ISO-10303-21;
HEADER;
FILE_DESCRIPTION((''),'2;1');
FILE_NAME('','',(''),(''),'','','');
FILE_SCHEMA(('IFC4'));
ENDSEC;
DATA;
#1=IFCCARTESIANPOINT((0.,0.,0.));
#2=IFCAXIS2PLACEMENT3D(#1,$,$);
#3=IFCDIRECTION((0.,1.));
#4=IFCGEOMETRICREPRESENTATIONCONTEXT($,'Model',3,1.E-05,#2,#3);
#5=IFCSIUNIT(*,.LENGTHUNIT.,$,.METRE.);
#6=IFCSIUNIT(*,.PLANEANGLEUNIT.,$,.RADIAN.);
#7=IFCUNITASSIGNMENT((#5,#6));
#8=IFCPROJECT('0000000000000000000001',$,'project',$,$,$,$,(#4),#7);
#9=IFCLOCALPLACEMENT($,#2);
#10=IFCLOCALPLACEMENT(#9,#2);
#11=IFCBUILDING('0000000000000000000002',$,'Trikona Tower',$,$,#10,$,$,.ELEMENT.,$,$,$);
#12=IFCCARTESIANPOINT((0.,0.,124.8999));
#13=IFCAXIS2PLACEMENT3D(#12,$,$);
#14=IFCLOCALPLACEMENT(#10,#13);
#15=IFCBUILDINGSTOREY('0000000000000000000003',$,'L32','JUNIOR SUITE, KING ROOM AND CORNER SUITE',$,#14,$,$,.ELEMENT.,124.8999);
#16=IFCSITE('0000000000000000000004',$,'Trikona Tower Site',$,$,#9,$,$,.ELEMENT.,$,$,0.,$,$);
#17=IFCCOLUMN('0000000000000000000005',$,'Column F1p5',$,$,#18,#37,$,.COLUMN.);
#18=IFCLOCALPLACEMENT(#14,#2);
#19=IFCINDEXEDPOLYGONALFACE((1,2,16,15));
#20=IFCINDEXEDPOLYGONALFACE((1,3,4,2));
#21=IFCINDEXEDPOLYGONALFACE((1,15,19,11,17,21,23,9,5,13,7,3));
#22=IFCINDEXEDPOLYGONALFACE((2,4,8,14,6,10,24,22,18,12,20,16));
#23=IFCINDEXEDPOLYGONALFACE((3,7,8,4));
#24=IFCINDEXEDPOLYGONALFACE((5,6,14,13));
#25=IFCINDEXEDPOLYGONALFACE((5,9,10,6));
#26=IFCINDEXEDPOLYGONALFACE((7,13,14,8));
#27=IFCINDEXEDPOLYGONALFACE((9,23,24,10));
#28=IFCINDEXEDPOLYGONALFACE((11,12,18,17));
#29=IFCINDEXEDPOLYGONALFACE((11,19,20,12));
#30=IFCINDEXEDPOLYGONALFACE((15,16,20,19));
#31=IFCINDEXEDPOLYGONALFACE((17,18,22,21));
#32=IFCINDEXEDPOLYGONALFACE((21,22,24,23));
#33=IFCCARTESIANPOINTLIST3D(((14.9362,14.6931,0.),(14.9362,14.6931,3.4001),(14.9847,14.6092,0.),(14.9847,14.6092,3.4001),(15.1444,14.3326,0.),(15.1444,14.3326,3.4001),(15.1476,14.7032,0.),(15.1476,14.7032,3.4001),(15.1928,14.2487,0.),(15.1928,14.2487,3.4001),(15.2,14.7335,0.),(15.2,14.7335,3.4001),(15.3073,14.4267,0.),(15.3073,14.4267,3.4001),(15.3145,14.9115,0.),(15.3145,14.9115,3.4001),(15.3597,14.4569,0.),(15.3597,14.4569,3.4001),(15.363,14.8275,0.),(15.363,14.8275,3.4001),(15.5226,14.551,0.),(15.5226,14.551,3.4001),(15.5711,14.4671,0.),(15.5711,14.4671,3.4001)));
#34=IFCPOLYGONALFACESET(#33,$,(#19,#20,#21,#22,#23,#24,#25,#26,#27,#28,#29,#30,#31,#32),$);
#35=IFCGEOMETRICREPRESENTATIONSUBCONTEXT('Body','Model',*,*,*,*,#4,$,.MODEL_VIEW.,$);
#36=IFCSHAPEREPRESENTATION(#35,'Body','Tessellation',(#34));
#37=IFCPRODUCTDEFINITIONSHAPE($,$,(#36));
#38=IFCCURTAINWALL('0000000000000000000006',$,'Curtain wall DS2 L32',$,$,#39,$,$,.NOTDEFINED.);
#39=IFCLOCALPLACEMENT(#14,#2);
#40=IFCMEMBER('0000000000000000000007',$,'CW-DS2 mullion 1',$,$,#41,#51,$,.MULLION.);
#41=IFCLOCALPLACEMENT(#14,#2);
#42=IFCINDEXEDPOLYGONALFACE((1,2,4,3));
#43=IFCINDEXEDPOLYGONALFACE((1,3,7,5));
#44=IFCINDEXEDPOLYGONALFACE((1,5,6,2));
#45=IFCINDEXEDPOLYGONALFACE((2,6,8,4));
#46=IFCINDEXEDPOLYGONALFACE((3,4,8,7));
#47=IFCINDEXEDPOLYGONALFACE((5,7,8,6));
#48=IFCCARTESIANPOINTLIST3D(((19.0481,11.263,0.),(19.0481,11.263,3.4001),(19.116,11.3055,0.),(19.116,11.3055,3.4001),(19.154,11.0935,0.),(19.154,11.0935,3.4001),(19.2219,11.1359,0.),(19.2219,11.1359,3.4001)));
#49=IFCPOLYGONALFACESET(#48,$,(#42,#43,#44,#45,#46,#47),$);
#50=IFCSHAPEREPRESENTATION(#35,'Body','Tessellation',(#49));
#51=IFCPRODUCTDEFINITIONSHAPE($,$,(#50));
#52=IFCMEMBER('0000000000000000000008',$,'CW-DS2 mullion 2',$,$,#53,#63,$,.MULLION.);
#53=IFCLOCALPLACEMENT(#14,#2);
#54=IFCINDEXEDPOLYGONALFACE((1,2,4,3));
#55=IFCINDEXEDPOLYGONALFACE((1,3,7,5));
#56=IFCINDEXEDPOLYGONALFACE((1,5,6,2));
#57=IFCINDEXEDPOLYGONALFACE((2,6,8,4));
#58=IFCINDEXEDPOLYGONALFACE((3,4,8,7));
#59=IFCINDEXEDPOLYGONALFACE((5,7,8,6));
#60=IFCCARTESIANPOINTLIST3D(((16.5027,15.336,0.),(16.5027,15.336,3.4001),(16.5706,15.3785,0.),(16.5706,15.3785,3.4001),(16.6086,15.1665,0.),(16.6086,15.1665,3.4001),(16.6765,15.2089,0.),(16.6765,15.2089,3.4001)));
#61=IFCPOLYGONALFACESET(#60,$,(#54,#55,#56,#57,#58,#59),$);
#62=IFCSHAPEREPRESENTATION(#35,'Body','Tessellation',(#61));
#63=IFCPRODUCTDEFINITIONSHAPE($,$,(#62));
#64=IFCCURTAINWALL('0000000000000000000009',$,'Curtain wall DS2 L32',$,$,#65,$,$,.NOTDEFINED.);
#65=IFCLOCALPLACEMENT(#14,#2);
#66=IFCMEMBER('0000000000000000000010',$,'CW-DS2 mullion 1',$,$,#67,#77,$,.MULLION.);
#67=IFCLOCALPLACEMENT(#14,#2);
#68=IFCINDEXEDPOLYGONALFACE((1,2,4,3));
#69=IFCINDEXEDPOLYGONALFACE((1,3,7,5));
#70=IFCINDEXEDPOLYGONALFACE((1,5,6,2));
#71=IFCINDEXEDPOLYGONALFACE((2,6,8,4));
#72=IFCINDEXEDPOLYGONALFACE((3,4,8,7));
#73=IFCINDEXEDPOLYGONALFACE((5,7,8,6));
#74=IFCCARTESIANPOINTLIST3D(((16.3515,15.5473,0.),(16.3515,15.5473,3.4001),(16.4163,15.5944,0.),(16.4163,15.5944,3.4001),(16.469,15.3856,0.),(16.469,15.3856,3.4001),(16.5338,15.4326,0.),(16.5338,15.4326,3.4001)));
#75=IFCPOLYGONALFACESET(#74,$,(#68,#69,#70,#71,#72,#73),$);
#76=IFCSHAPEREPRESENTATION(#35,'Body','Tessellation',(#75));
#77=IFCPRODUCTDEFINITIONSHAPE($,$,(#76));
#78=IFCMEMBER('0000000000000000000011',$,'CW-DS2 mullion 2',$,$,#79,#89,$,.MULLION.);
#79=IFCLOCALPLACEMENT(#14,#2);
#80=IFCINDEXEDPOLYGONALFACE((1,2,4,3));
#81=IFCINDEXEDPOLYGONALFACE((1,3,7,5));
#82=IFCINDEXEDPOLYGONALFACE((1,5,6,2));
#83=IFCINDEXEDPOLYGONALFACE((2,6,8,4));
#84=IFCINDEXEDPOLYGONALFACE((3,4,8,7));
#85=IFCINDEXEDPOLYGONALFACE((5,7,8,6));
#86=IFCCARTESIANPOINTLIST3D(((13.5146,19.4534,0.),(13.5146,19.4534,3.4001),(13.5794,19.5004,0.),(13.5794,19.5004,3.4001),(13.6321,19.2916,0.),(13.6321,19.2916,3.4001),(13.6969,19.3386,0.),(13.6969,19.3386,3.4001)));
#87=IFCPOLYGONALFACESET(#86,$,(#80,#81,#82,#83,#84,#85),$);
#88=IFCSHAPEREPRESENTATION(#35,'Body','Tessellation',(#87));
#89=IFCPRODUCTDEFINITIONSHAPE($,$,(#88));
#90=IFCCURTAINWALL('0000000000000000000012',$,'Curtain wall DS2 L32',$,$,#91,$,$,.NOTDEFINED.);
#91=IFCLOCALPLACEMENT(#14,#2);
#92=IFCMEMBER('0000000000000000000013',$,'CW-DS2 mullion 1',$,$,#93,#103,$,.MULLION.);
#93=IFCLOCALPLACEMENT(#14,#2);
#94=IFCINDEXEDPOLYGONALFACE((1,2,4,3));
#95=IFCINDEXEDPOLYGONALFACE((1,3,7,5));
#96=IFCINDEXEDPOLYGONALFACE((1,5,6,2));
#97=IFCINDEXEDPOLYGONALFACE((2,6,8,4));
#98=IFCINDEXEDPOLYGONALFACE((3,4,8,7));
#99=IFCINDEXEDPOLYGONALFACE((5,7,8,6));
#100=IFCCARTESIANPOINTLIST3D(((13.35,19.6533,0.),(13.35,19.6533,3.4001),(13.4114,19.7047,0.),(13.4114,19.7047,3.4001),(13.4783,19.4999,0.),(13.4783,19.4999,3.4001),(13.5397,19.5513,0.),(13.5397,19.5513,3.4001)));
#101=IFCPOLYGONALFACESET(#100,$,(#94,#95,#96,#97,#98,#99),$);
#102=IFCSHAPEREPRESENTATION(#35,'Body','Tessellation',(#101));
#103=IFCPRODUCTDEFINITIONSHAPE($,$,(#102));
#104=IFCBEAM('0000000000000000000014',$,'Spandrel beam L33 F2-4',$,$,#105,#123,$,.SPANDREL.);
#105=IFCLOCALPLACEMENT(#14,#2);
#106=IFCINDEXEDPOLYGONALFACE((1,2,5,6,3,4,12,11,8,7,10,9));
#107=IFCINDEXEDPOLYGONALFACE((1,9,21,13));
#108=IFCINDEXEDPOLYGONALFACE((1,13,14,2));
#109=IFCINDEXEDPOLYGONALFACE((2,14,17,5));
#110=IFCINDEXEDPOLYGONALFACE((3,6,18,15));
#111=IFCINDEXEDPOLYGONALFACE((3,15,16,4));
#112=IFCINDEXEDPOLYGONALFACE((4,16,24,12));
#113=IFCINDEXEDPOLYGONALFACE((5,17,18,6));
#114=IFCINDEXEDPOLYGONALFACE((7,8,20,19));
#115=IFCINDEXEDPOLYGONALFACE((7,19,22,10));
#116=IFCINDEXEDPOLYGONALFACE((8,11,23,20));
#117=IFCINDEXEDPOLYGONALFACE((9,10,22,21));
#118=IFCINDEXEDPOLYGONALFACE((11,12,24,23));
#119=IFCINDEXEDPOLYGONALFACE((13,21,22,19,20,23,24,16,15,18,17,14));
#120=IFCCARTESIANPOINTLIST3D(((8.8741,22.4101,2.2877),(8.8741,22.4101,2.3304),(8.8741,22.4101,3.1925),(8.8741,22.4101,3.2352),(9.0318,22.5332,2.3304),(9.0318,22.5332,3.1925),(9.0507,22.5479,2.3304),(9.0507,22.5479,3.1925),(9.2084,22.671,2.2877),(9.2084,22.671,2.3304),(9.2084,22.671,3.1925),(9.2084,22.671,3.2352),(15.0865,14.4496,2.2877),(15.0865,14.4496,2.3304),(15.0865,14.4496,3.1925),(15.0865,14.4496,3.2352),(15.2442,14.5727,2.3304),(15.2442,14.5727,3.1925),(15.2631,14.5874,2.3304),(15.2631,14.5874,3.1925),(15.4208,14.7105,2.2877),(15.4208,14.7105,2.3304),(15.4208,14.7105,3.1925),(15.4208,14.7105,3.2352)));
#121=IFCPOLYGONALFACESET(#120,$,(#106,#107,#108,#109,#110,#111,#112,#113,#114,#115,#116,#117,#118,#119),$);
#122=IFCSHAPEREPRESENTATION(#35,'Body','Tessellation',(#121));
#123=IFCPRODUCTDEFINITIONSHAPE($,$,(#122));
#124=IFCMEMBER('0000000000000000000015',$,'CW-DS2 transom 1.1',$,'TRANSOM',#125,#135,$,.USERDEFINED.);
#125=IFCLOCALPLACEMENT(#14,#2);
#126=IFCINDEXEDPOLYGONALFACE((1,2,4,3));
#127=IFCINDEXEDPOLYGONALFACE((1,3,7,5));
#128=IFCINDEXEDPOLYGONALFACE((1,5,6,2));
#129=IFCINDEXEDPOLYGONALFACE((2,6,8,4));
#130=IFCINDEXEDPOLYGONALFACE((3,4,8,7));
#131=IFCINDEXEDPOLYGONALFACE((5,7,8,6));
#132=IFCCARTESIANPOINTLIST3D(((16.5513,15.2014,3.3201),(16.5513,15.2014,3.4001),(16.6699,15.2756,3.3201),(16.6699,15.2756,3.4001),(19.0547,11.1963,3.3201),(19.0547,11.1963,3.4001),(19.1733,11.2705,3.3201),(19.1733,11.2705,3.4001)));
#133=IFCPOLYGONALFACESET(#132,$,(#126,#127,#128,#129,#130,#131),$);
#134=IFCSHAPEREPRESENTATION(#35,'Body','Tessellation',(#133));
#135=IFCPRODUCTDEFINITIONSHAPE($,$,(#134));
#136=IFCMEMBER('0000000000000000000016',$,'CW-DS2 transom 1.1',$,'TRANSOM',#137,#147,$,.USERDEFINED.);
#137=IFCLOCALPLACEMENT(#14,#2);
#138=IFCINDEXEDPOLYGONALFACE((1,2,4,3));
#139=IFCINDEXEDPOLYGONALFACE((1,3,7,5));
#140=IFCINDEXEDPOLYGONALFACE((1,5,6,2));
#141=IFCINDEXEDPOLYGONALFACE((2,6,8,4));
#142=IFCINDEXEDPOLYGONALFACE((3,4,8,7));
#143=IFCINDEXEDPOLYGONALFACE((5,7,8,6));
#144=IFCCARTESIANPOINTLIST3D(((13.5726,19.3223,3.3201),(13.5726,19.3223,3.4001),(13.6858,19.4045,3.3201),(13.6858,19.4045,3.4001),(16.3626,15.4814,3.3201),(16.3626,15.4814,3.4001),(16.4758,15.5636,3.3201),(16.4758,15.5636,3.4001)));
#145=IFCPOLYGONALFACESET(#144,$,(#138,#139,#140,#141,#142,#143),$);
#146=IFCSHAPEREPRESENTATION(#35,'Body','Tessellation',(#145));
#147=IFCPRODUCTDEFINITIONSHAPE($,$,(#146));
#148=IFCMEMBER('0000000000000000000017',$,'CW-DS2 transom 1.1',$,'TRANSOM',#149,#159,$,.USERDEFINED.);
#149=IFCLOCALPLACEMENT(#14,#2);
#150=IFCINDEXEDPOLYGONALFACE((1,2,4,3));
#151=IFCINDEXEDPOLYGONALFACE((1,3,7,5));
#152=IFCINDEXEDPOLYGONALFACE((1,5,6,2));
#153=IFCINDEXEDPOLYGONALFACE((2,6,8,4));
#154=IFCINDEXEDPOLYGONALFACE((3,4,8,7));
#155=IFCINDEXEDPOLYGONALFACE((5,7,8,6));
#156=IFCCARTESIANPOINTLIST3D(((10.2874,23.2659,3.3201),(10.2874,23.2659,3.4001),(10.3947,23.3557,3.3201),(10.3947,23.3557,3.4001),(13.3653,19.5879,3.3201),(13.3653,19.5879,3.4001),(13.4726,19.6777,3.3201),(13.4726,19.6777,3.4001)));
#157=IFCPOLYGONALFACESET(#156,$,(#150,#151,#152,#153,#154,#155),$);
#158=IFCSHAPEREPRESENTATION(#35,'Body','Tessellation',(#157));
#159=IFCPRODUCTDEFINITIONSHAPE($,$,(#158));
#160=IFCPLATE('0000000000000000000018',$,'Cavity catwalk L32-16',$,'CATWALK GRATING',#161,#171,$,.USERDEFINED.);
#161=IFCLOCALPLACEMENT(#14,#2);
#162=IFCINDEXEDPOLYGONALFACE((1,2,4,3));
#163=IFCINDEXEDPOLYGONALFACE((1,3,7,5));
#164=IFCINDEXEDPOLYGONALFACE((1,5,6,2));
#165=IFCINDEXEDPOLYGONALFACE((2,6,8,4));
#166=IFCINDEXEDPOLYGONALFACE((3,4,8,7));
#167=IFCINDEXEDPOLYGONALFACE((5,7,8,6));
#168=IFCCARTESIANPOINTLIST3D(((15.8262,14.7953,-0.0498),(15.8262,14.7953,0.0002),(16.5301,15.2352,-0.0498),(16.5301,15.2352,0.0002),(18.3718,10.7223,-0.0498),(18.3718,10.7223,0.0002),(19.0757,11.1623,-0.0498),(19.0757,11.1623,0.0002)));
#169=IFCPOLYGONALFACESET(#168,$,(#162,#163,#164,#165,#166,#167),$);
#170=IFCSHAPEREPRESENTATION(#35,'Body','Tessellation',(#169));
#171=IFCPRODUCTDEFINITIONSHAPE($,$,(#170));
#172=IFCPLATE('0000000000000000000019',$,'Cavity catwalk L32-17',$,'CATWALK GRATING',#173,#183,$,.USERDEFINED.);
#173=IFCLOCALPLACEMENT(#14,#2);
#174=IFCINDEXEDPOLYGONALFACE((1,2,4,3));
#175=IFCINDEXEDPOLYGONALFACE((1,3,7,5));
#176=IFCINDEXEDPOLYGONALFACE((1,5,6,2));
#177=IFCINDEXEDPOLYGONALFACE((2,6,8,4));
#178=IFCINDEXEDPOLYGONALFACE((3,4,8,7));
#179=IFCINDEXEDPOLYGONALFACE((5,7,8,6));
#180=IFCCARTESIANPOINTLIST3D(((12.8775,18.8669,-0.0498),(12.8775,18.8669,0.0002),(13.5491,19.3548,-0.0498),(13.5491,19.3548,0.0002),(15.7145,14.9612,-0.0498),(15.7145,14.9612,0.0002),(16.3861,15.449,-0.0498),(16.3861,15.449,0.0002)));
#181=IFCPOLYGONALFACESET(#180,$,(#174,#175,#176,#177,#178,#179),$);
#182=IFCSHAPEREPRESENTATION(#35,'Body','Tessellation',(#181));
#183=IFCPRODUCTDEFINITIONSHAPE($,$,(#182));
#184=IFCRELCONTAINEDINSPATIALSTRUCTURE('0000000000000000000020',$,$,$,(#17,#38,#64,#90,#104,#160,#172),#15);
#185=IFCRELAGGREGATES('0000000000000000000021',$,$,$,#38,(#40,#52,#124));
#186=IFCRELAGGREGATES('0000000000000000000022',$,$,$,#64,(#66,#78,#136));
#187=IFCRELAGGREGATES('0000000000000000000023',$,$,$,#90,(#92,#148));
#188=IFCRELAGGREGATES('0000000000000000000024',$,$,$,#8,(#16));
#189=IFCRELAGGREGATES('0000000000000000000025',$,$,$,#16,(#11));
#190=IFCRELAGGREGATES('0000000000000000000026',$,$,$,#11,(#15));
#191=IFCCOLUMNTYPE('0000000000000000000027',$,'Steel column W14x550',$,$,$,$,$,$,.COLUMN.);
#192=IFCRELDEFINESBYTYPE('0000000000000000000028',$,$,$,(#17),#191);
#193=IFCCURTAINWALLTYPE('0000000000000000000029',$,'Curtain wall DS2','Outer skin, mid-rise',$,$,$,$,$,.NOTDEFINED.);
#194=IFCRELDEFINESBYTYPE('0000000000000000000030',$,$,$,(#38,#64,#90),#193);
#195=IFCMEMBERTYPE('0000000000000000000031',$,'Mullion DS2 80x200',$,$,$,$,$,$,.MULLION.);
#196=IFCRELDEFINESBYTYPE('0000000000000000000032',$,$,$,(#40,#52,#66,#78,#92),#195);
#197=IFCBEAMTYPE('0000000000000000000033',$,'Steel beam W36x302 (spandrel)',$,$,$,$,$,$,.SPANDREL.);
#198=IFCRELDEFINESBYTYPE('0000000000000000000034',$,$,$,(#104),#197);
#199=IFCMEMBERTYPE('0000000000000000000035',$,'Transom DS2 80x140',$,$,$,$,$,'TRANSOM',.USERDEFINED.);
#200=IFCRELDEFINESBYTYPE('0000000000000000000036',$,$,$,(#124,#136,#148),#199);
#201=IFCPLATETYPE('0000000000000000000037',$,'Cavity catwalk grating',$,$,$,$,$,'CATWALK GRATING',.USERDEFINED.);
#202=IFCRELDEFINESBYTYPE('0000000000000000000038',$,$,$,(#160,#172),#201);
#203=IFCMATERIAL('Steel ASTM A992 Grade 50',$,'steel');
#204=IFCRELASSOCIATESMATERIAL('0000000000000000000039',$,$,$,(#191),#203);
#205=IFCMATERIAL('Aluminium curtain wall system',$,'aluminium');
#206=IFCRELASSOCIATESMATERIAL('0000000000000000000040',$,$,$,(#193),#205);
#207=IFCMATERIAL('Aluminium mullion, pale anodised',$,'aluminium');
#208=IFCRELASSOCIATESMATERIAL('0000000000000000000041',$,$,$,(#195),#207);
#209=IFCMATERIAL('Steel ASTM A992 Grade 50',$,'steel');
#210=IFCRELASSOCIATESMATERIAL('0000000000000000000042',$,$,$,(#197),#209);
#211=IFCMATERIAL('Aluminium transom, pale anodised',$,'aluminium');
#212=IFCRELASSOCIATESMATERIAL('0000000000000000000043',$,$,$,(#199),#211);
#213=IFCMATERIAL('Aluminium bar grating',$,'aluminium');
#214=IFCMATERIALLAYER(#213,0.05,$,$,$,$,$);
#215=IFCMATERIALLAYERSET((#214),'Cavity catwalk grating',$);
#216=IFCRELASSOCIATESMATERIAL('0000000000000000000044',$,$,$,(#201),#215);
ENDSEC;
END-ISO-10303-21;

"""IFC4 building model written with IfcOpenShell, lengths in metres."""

from ifc_helpers import new_model, si_unit, direction, frame, origin, origin_2d, place, context, subcontext, project, spatial, rectangle, i_section, extrude, material, layer, layer_set, material_profile, profile_set, type_object, element, aggregate, save


model = new_model("IFC4")

# Units and contexts
model_context = context("Model", 3, precision=1e-05, world=origin(), true_north=direction((0.0, 1.0)))
body_context = subcontext(model_context, "Body", "Model", "MODEL_VIEW")
ifc_project = project(units=[si_unit("LENGTHUNIT", "METRE"), si_unit("PLANEANGLEUNIT", "RADIAN")], contexts=[model_context])

# Site, building, storey
site_placement = place(None, origin())
site = spatial("IfcSite", under=ifc_project, at=site_placement, Name="Trikona Tower Site", CompositionType="ELEMENT", RefElevation=0.0)
building_placement = place(site_placement, origin())
building = spatial("IfcBuilding", under=site, at=building_placement, Name="Trikona Tower", CompositionType="ELEMENT")
storey_placement = place(building_placement, frame((0.0, 0.0, 124.8999)))
storey = spatial("IfcBuildingStorey", under=building, at=storey_placement, Name="L32", Description="JUNIOR SUITE, KING ROOM AND CORNER SUITE", CompositionType="ELEMENT", Elevation=124.8999)

# Column
ifc_material_1 = material(Name="Steel ASTM A992 Grade 50", Category="steel")
ifc_material_profile_1 = material_profile(ifc_material_1, i_section(OverallWidth=0.4368, OverallDepth=0.5132, WebThickness=0.0605, FlangeThickness=0.0969, at=origin_2d()), Name="W14X550")
ifc_profile_set_1 = profile_set([ifc_material_profile_1], Name="Steel ASTM A992 Grade 50")
column_type = type_object("IfcColumnType", Name="Steel column W14x550", PredefinedType="COLUMN", material=ifc_profile_set_1)
column_placement = place(storey_placement, frame((15.2537, 14.5801, 0.0), z_axis=(0.0, 0.0, 1.0), x_axis=(0.866025, 0.5, 0.0)))
element("IfcColumn", 1, at=column_placement, inside=storey, type_object=column_type, Name="Column F1p5", PredefinedType="COLUMN", context=body_context, shape_type="SweptSolid", body=[
    extrude(i_section(OverallWidth=0.4368, OverallDepth=0.5132, WebThickness=0.0605, FlangeThickness=0.0969, at=origin_2d()), origin(), (0.0, 0.0, 1.0), 3.4001),
])

# Curtain walls, members
ifc_material_2 = material(Name="Aluminium curtain wall system", Category="aluminium")
curtain_wall_type = type_object("IfcCurtainWallType", Name="Curtain wall DS2", Description="Outer skin, mid-rise", PredefinedType="NOTDEFINED", material=ifc_material_2)
curtain_wall_1_placement = place(storey_placement, origin())
curtain_wall_1 = element("IfcCurtainWall", 2, at=curtain_wall_1_placement, inside=storey, type_object=curtain_wall_type, Name="Curtain wall DS2 L32", PredefinedType="NOTDEFINED")
ifc_material_3 = material(Name="Aluminium mullion, pale anodised", Category="aluminium")
ifc_material_profile_2 = material_profile(ifc_material_3, rectangle(XDim=0.0801, YDim=0.2, at=origin_2d()), Name="MUL-DS2")
ifc_profile_set_2 = profile_set([ifc_material_profile_2], Name="Aluminium mullion, pale anodised")
member_type_1 = type_object("IfcMemberType", Name="Mullion DS2 80x200", PredefinedType="MULLION", material=ifc_profile_set_2)
member_1_placement = place(storey_placement, frame((19.135, 11.1995, 0.0), z_axis=(0.0, 0.0, 1.0), x_axis=(-0.847998, -0.529999, 0.0)))
member_1 = element("IfcMember", 3, at=member_1_placement, type_object=member_type_1, Name="CW-DS2 mullion 1", PredefinedType="MULLION", context=body_context, shape_type="SweptSolid", body=[
    extrude(rectangle(XDim=0.0801, YDim=0.2, at=origin_2d()), origin(), (0.0, 0.0, 1.0), 3.4001),
])
member_2_placement = place(storey_placement, frame((16.5896, 15.2725, 0.0), z_axis=(0.0, 0.0, 1.0), x_axis=(-0.847998, -0.529999, 0.0)))
member_2 = element("IfcMember", 4, at=member_2_placement, type_object=member_type_1, Name="CW-DS2 mullion 2", PredefinedType="MULLION", context=body_context, shape_type="SweptSolid", body=[
    extrude(rectangle(XDim=0.0801, YDim=0.2, at=origin_2d()), origin(), (0.0, 0.0, 1.0), 3.4001),
])
curtain_wall_2_placement = place(storey_placement, origin())
curtain_wall_2 = element("IfcCurtainWall", 5, at=curtain_wall_2_placement, inside=storey, type_object=curtain_wall_type, Name="Curtain wall DS2 L32", PredefinedType="NOTDEFINED")
member_3_placement = place(storey_placement, frame((16.4426, 15.49, 0.0), z_axis=(0.0, 0.0, 1.0), x_axis=(-0.809086, -0.587691, 0.0)))
member_3 = element("IfcMember", 6, at=member_3_placement, type_object=member_type_1, Name="CW-DS2 mullion 1", PredefinedType="MULLION", context=body_context, shape_type="SweptSolid", body=[
    extrude(rectangle(XDim=0.0801, YDim=0.2, at=origin_2d()), origin(), (0.0, 0.0, 1.0), 3.4001),
])
member_4_placement = place(storey_placement, frame((13.6057, 19.396, 0.0), z_axis=(0.0, 0.0, 1.0), x_axis=(-0.809086, -0.587691, 0.0)))
member_4 = element("IfcMember", 7, at=member_4_placement, type_object=member_type_1, Name="CW-DS2 mullion 2", PredefinedType="MULLION", context=body_context, shape_type="SweptSolid", body=[
    extrude(rectangle(XDim=0.0801, YDim=0.2, at=origin_2d()), origin(), (0.0, 0.0, 1.0), 3.4001),
])

# Curtain wall, member
curtain_wall_3_placement = place(storey_placement, origin())
curtain_wall_3 = element("IfcCurtainWall", 8, at=curtain_wall_3_placement, inside=storey, type_object=curtain_wall_type, Name="Curtain wall DS2 L32", PredefinedType="NOTDEFINED")
member_5_placement = place(storey_placement, frame((13.4448, 19.6023, 0.0), z_axis=(0.0, 0.0, 1.0), x_axis=(-0.766867, -0.641806, 0.0)))
member_5 = element("IfcMember", 9, at=member_5_placement, type_object=member_type_1, Name="CW-DS2 mullion 1", PredefinedType="MULLION", context=body_context, shape_type="SweptSolid", body=[
    extrude(rectangle(XDim=0.0801, YDim=0.2, at=origin_2d()), origin(), (0.0, 0.0, 1.0), 3.4001),
])

# Beam
ifc_material_4 = material(Name="Steel ASTM A992 Grade 50", Category="steel")
ifc_material_profile_3 = material_profile(ifc_material_4, i_section(OverallWidth=0.4241, OverallDepth=0.9475, WebThickness=0.0239, FlangeThickness=0.0427, at=origin_2d()), Name="W36X302")
ifc_profile_set_3 = profile_set([ifc_material_profile_3], Name="Steel ASTM A992 Grade 50")
beam_type = type_object("IfcBeamType", Name="Steel beam W36x302 (spandrel)", PredefinedType="SPANDREL", material=ifc_profile_set_3)
beam_placement = place(storey_placement, frame((15.2537, 14.5801, 2.7615), z_axis=(-0.615232, 0.788346, 0.0), x_axis=(-0.788346, -0.615232, 0.0)))
element("IfcBeam", 10, at=beam_placement, inside=storey, type_object=beam_type, Name="Spandrel beam L33 F2-4", PredefinedType="SPANDREL", context=body_context, shape_type="SweptSolid", body=[
    extrude(i_section(OverallWidth=0.4241, OverallDepth=0.9475, WebThickness=0.0239, FlangeThickness=0.0427, at=origin_2d()), origin(), (0.0, 0.0, 1.0), 10.0977),
])

# Members
ifc_material_5 = material(Name="Aluminium transom, pale anodised", Category="aluminium")
ifc_material_profile_4 = material_profile(ifc_material_5, rectangle(XDim=0.1399, YDim=0.0801, at=origin_2d()), Name="TRN-DS2")
ifc_profile_set_4 = profile_set([ifc_material_profile_4], Name="Aluminium transom, pale anodised")
member_type_2 = type_object("IfcMemberType", Name="Transom DS2 80x140", ElementType="TRANSOM", PredefinedType="USERDEFINED", material=ifc_profile_set_4)
member_6_placement = place(storey_placement, frame((19.114, 11.2334, 3.3601), z_axis=(-0.530031, 0.847978, 0.0), x_axis=(-0.847978, -0.530031, 0.0)))
member_6 = element("IfcMember", 11, at=member_6_placement, type_object=member_type_2, Name="CW-DS2 transom 1.1", ObjectType="TRANSOM", PredefinedType="USERDEFINED", context=body_context, shape_type="SweptSolid", body=[
    extrude(rectangle(XDim=0.1399, YDim=0.0801, at=origin_2d()), origin(), (0.0, 0.0, 1.0), 4.7231),
])
member_7_placement = place(storey_placement, frame((16.4192, 15.5225, 3.3601), z_axis=(-0.587695, 0.809083, 0.0), x_axis=(-0.809083, -0.587695, 0.0)))
member_7 = element("IfcMember", 12, at=member_7_placement, type_object=member_type_2, Name="CW-DS2 transom 1.1", ObjectType="TRANSOM", PredefinedType="USERDEFINED", context=body_context, shape_type="SweptSolid", body=[
    extrude(rectangle(XDim=0.1399, YDim=0.0801, at=origin_2d()), origin(), (0.0, 0.0, 1.0), 4.7473),
])
member_8_placement = place(storey_placement, frame((13.4189, 19.6328, 3.3601), z_axis=(-0.64177, 0.766897, 0.0), x_axis=(-0.766897, -0.64177, 0.0)))
member_8 = element("IfcMember", 13, at=member_8_placement, type_object=member_type_2, Name="CW-DS2 transom 1.1", ObjectType="TRANSOM", PredefinedType="USERDEFINED", context=body_context, shape_type="SweptSolid", body=[
    extrude(rectangle(XDim=0.1399, YDim=0.0801, at=origin_2d()), origin(), (0.0, 0.0, 1.0), 4.7959),
])

# Plates
ifc_material_6 = material(Name="Aluminium bar grating", Category="aluminium")
ifc_layer_1 = layer(ifc_material_6, 0.05)
ifc_layer_set_1 = layer_set([ifc_layer_1], Name="Cavity catwalk grating")
plate_type_1 = type_object("IfcPlateType", Name="Cavity catwalk grating", ElementType="CATWALK GRATING", PredefinedType="USERDEFINED", material=ifc_layer_set_1)
plate_1_placement = place(storey_placement, frame((17.4509, 12.9788, -0.0498), z_axis=(0.0, 0.0, 1.0), x_axis=(-0.529995, 0.848001, 0.0)))
element("IfcPlate", 14, at=plate_1_placement, inside=storey, type_object=plate_type_1, Name="Cavity catwalk L32-16", ObjectType="CATWALK GRATING", PredefinedType="USERDEFINED", context=body_context, shape_type="SweptSolid", body=[
    extrude(rectangle(XDim=4.803, YDim=0.8301, at=origin_2d()), origin(), (0.0, 0.0, 1.0), 0.05),
])
plate_2_placement = place(storey_placement, frame((14.6318, 17.158, -0.0498), z_axis=(0.0, 0.0, 1.0), x_axis=(-0.587686, 0.809089, 0.0)))
element("IfcPlate", 15, at=plate_2_placement, inside=storey, type_object=plate_type_1, Name="Cavity catwalk L32-17", ObjectType="CATWALK GRATING", PredefinedType="USERDEFINED", context=body_context, shape_type="SweptSolid", body=[
    extrude(rectangle(XDim=4.8274, YDim=0.8301, at=origin_2d()), origin(), (0.0, 0.0, 1.0), 0.05),
])

aggregate(curtain_wall_1, [member_1, member_2, member_6])
aggregate(curtain_wall_2, [member_3, member_4, member_7])
aggregate(curtain_wall_3, [member_5, member_8])

save(model, "model.ifc")
